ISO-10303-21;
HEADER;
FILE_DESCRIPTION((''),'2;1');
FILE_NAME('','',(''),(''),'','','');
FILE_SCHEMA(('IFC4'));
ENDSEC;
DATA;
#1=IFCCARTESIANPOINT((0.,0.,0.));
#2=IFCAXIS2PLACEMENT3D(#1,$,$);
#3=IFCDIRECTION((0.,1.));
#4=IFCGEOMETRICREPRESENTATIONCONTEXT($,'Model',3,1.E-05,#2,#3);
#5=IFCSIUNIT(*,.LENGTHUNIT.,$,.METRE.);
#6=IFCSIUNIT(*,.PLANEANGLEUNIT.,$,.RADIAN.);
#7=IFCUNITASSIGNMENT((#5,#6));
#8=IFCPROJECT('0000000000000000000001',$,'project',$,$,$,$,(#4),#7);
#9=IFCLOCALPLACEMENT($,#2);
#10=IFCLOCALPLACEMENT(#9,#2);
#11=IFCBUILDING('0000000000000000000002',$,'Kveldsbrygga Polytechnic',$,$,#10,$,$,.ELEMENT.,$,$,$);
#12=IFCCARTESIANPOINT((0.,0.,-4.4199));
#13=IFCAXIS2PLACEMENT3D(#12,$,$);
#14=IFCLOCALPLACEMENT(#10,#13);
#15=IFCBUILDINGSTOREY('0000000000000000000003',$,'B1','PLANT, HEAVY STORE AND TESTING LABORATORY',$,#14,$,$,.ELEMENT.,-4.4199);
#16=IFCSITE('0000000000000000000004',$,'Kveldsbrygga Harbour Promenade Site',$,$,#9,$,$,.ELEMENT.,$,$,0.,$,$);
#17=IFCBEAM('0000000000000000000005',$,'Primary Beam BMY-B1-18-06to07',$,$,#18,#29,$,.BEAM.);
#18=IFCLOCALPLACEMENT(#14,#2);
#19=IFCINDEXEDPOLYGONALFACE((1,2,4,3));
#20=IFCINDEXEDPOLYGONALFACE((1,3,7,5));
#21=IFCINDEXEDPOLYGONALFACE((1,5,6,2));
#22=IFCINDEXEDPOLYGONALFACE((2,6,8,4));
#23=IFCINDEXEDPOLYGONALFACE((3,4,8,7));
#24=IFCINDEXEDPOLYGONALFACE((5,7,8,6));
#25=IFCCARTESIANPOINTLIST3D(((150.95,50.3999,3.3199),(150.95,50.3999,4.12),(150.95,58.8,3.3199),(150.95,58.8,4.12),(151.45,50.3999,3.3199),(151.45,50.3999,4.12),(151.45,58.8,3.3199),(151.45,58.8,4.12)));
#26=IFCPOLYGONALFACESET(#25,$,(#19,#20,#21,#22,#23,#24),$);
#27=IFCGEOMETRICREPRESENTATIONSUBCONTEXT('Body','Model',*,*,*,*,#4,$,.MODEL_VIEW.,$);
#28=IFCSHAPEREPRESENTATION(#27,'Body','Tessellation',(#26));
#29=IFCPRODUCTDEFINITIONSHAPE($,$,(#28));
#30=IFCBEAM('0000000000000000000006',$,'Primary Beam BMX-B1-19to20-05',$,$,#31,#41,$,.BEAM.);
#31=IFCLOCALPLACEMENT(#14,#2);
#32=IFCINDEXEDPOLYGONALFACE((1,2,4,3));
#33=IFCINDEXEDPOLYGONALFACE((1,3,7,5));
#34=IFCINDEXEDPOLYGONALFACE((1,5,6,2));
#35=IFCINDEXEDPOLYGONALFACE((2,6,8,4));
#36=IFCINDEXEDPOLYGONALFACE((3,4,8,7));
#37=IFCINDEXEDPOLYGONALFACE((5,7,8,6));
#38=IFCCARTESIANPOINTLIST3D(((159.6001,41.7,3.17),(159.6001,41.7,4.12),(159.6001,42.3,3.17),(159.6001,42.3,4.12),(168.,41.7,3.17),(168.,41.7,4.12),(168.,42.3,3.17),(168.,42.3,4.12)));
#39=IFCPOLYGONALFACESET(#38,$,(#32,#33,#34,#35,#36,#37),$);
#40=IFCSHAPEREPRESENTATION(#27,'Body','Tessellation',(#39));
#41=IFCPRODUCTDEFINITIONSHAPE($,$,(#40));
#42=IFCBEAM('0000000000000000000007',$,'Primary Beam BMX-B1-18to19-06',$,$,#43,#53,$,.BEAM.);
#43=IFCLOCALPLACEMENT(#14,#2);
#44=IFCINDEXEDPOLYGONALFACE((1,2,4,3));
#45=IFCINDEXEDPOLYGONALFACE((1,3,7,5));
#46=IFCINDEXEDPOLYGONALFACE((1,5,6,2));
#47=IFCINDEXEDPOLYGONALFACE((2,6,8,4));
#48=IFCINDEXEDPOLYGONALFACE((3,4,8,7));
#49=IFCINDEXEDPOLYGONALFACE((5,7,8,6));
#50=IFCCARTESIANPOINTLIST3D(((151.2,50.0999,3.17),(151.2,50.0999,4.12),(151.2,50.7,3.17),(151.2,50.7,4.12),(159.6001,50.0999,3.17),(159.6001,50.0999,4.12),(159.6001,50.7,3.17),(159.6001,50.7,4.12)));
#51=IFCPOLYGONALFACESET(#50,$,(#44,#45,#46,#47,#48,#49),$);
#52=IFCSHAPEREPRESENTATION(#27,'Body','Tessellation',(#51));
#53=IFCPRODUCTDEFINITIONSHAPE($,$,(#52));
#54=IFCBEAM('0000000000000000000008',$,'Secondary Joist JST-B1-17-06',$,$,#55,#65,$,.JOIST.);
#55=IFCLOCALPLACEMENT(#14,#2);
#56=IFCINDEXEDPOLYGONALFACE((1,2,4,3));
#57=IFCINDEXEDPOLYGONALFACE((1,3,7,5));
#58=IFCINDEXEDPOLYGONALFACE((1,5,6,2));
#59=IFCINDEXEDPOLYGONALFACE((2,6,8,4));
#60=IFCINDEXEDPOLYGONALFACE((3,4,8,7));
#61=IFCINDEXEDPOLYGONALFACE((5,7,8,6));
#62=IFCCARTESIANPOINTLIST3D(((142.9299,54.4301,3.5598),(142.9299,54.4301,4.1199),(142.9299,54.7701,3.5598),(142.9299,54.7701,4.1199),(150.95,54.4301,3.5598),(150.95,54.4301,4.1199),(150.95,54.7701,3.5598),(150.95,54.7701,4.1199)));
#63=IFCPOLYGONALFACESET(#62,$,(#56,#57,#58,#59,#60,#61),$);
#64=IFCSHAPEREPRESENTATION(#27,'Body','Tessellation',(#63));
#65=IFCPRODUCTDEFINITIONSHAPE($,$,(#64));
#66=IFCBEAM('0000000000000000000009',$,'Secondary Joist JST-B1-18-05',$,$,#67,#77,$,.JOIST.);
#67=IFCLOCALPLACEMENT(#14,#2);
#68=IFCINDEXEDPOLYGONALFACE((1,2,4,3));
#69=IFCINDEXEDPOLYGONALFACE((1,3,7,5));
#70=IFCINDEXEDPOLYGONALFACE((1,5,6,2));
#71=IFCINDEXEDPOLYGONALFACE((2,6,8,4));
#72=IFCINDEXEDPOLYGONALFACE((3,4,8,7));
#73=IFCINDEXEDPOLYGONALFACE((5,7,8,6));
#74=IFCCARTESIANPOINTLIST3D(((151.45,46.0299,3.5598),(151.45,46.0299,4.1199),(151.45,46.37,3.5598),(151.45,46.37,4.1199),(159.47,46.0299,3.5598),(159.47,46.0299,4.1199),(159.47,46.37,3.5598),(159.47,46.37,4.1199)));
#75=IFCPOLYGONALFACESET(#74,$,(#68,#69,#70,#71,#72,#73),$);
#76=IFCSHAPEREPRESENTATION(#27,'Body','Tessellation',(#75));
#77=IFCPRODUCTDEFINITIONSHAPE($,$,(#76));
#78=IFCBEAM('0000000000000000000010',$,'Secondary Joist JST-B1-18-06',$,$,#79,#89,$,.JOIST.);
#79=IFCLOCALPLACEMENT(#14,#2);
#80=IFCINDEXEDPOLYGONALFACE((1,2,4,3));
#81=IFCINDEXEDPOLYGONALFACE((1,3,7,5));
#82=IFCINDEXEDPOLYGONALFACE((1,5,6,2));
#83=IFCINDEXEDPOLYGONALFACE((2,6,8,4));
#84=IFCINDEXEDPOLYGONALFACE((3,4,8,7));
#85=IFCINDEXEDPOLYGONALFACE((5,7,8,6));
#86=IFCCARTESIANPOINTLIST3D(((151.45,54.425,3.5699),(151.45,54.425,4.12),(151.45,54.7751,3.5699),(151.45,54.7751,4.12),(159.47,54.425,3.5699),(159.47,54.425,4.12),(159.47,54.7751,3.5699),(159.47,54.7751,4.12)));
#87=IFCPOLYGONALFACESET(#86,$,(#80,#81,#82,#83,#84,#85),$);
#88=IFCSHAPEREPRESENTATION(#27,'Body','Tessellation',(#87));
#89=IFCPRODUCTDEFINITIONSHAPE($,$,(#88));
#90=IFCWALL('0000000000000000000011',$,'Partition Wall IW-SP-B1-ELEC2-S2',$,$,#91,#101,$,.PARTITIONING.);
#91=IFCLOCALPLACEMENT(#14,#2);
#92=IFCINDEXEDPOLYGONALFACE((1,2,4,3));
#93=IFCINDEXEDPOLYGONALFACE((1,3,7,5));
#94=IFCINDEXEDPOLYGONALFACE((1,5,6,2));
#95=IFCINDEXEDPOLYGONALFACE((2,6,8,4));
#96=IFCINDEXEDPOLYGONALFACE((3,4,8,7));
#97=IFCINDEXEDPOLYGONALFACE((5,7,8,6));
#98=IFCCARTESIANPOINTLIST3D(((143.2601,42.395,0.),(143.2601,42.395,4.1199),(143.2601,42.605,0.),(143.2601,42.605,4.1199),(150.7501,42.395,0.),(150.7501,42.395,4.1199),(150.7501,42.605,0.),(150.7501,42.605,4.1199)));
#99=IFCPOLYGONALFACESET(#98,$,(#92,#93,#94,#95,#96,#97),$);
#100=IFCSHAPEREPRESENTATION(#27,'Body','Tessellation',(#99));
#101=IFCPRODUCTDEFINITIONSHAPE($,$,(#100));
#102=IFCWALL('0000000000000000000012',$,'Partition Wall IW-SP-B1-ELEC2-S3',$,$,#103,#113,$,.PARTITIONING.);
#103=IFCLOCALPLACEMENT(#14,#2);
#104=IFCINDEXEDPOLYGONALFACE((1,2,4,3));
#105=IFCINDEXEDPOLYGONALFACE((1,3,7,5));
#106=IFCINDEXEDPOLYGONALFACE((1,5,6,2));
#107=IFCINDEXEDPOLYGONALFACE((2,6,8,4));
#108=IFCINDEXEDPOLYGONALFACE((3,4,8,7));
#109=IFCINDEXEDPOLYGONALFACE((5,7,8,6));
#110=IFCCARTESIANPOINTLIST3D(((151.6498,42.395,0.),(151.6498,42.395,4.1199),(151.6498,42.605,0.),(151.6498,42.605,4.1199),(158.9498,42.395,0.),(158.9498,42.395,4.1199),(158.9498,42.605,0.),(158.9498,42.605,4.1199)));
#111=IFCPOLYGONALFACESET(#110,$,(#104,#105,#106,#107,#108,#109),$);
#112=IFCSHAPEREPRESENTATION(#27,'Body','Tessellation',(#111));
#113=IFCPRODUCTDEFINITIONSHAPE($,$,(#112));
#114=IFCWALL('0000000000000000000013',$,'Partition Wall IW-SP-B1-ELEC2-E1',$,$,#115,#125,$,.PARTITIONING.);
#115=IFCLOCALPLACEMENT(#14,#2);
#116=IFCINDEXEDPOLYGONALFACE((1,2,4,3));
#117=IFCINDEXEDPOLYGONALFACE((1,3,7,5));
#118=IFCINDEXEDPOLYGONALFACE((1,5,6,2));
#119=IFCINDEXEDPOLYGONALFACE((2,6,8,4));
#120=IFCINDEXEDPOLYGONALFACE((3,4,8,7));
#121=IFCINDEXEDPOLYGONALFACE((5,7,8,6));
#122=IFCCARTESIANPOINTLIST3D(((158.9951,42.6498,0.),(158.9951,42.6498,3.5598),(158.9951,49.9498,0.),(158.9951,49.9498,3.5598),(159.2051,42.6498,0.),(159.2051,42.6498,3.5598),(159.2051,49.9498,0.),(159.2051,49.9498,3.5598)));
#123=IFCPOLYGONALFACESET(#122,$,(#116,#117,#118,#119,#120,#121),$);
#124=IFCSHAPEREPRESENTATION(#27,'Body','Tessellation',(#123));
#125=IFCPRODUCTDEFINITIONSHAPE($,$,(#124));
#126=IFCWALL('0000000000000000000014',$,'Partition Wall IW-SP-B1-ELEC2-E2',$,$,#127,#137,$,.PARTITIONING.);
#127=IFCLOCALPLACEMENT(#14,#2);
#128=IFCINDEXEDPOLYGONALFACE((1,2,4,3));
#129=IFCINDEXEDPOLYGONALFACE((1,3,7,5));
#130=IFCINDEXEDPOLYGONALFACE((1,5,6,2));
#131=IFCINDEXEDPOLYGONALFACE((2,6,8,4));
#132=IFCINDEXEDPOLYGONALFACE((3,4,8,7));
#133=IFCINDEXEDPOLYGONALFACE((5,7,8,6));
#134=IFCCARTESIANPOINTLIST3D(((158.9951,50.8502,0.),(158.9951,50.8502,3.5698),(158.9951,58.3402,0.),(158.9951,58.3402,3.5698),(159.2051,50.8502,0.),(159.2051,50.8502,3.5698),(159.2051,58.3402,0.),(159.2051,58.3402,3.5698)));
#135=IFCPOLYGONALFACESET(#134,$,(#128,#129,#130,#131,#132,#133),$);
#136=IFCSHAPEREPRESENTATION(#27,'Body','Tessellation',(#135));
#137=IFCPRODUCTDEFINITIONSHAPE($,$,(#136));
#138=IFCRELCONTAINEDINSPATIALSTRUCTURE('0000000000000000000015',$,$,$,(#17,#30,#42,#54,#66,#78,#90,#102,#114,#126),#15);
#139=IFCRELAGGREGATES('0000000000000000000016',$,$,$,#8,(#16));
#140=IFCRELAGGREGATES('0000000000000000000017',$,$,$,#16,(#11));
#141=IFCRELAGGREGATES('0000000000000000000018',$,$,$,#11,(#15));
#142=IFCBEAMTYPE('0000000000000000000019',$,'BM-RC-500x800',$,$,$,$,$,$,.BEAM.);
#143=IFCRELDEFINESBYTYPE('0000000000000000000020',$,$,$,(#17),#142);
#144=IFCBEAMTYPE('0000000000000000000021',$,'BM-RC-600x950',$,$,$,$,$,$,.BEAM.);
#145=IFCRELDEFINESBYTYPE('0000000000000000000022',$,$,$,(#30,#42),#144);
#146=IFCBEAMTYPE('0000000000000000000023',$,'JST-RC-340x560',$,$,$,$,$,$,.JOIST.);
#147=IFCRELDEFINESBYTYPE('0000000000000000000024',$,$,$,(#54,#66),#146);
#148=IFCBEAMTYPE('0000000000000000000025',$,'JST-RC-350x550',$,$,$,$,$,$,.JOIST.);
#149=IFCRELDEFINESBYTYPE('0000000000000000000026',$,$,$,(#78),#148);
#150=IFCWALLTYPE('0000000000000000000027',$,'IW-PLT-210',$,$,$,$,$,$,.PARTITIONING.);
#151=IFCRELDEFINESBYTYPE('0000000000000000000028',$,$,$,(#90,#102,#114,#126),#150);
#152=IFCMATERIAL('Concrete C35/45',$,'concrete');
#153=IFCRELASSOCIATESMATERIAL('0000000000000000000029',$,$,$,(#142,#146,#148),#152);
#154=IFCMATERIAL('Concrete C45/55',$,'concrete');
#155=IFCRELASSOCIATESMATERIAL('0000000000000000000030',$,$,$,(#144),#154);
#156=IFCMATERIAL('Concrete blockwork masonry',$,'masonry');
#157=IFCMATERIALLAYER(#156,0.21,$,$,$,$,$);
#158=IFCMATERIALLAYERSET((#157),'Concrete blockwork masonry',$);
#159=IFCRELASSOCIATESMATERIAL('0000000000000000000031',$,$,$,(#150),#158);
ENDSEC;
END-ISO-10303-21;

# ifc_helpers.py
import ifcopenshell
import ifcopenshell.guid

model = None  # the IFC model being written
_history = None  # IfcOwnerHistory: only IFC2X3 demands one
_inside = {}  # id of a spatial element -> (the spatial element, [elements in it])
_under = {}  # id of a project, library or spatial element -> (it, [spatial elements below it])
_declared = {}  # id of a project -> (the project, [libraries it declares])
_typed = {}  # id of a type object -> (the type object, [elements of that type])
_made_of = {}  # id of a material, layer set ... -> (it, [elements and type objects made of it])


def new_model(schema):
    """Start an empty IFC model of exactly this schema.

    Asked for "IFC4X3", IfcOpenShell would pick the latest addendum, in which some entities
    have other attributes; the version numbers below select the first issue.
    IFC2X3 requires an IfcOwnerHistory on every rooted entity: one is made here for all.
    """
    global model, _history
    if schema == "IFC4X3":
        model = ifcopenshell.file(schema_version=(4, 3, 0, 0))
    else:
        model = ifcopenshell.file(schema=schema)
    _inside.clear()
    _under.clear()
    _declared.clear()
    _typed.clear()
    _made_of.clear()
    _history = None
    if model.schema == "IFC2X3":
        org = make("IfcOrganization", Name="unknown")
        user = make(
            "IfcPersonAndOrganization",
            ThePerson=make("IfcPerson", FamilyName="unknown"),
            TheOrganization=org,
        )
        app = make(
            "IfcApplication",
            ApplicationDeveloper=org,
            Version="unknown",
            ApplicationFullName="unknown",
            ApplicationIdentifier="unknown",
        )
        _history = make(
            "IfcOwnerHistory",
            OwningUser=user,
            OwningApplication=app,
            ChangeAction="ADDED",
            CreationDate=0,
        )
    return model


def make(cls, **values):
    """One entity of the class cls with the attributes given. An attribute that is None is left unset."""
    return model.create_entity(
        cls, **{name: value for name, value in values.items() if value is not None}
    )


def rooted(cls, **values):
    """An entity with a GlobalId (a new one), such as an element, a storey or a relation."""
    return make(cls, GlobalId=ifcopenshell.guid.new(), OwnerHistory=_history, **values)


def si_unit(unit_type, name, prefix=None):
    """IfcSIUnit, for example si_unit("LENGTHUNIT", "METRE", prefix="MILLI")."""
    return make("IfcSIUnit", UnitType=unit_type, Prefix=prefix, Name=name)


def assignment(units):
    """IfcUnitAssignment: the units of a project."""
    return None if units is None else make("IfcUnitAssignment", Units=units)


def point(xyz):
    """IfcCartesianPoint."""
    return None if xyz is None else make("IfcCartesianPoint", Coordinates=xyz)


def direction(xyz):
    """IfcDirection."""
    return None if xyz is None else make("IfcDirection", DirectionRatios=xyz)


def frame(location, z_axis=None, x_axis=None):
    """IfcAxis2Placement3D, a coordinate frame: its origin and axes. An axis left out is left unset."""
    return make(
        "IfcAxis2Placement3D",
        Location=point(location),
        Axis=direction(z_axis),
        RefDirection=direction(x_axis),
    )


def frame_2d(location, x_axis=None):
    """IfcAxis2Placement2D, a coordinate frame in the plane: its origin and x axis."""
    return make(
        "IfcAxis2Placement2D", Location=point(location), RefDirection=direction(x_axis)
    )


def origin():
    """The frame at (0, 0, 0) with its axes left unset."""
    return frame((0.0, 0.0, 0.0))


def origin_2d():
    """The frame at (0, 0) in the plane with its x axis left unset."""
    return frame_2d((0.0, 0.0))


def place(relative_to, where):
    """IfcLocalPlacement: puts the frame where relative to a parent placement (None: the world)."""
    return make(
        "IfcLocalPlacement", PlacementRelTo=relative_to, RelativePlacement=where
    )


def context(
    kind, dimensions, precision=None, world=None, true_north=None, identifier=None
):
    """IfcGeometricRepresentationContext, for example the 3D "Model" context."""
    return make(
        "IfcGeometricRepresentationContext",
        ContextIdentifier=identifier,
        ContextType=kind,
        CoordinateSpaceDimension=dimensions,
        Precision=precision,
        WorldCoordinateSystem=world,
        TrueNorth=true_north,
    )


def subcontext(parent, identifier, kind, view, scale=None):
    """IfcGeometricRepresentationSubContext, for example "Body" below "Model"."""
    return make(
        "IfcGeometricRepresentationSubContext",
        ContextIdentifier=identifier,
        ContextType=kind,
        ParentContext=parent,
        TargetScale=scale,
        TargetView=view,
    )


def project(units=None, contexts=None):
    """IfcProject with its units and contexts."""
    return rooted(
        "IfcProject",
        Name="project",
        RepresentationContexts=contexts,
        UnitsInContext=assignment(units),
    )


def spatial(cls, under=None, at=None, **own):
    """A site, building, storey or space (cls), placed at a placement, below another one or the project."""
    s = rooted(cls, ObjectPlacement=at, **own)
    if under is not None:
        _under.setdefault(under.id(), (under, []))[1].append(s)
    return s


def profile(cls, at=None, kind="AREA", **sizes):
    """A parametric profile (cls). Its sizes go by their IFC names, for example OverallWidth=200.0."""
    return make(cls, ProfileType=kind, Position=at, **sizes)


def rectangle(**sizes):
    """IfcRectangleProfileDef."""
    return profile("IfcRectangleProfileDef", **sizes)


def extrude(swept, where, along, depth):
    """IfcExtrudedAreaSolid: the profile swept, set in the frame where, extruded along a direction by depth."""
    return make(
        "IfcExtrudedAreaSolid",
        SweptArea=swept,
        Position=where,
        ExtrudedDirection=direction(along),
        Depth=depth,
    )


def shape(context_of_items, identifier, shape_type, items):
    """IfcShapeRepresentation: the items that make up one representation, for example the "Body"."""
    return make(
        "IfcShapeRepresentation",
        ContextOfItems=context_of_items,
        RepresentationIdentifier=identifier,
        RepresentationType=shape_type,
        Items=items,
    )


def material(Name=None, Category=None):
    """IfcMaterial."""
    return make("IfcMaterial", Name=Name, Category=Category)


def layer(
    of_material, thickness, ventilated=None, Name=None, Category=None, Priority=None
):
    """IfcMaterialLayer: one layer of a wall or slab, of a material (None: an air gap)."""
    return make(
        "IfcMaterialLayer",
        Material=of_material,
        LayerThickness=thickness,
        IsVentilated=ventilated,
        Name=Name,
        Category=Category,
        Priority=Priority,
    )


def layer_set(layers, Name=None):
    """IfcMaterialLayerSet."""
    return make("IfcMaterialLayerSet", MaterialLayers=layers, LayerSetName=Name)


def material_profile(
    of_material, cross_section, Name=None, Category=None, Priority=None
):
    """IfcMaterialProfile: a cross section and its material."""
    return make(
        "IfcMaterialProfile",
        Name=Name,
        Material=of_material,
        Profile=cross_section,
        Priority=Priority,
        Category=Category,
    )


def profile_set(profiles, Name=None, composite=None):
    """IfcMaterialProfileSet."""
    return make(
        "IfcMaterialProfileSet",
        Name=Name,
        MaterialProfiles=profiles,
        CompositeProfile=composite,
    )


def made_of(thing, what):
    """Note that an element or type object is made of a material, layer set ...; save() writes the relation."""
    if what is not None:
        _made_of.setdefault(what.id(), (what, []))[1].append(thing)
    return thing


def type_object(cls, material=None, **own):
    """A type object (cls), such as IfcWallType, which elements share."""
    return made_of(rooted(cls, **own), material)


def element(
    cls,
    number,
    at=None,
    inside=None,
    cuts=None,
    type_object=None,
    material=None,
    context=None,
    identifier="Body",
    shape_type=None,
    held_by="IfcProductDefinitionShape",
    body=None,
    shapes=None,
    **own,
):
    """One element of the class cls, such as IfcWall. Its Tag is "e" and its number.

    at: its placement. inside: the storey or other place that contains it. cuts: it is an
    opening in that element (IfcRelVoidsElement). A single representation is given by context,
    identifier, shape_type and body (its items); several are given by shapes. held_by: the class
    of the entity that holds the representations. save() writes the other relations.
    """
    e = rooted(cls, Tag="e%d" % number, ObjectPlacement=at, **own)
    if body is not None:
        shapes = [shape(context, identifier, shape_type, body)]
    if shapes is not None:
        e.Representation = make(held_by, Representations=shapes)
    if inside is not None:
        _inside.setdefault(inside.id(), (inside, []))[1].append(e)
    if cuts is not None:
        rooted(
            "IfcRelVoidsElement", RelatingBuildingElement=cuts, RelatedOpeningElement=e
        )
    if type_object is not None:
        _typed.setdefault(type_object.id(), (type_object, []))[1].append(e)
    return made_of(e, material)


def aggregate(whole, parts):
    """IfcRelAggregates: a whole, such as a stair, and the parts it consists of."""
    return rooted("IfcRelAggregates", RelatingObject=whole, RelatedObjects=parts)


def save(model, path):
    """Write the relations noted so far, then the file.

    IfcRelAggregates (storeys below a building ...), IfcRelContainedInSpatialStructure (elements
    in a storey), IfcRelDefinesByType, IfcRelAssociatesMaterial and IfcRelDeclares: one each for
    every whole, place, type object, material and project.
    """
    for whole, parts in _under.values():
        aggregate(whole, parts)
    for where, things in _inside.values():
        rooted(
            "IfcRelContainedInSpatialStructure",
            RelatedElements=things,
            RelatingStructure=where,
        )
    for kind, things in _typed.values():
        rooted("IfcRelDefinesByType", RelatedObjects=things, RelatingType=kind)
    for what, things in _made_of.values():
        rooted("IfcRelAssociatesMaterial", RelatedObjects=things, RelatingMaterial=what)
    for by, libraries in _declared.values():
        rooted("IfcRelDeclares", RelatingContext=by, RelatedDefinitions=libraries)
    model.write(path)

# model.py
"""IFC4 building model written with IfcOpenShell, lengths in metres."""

from ifc_helpers import new_model, si_unit, direction, frame, frame_2d, origin, origin_2d, place, context, subcontext, project, spatial, rectangle, extrude, material, layer, layer_set, material_profile, profile_set, type_object, element, save


model = new_model("IFC4")

# Units and contexts
model_context = context("Model", 3, precision=1e-05, world=origin(), true_north=direction((0.0, 1.0)))
body_context = subcontext(model_context, "Body", "Model", "MODEL_VIEW")
ifc_project = project(units=[si_unit("LENGTHUNIT", "METRE"), si_unit("PLANEANGLEUNIT", "RADIAN")], contexts=[model_context])

# Site, building, storey
site_placement = place(None, origin())
site = spatial("IfcSite", under=ifc_project, at=site_placement, Name="Kveldsbrygga Harbour Promenade Site", CompositionType="ELEMENT", RefElevation=0.0)
building_placement = place(site_placement, origin())
building = spatial("IfcBuilding", under=site, at=building_placement, Name="Kveldsbrygga Polytechnic", CompositionType="ELEMENT")
storey_placement = place(building_placement, frame((0.0, 0.0, -4.4199)))
storey = spatial("IfcBuildingStorey", under=building, at=storey_placement, Name="B1", Description="PLANT, HEAVY STORE AND TESTING LABORATORY", CompositionType="ELEMENT", Elevation=-4.4199)

# Shared definitions
ifc_material_1 = material(Name="Concrete C45/55", Category="concrete")

# Beams
ifc_material_2 = material(Name="Concrete C35/45", Category="concrete")
ifc_material_profile_1 = material_profile(ifc_material_2, rectangle(XDim=0.5, YDim=0.8, at=origin_2d()), Name="RC 500x800")
ifc_profile_set_1 = profile_set([ifc_material_profile_1], Name="Concrete C35/45")
beam_type_1 = type_object("IfcBeamType", Name="BM-RC-500x800", PredefinedType="BEAM", material=ifc_profile_set_1)
beam_1_placement = place(storey_placement, frame((151.2, 50.3999, 3.72), z_axis=(0.0, 1.0, 0.0), x_axis=(-1.0, 0.0, 0.0)))
element("IfcBeam", 1, at=beam_1_placement, inside=storey, type_object=beam_type_1, Name="Primary Beam BMY-B1-18-06to07", PredefinedType="BEAM", context=body_context, shape_type="SweptSolid", body=[
    extrude(rectangle(XDim=0.5, YDim=0.8, at=origin_2d()), origin(), (0.0, 0.0, 1.0), 8.4001),
])
ifc_material_profile_2 = material_profile(ifc_material_1, rectangle(XDim=0.6001, YDim=0.95, at=origin_2d()), Name="RC 600x950")
ifc_profile_set_2 = profile_set([ifc_material_profile_2], Name="Concrete C45/55")
beam_type_2 = type_object("IfcBeamType", Name="BM-RC-600x950", PredefinedType="BEAM", material=ifc_profile_set_2)
beam_2_placement = place(storey_placement, frame((159.6001, 42.0, 3.645), z_axis=(1.0, 0.0, 0.0), x_axis=(0.0, 1.0, 0.0)))
element("IfcBeam", 2, at=beam_2_placement, inside=storey, type_object=beam_type_2, Name="Primary Beam BMX-B1-19to20-05", PredefinedType="BEAM", context=body_context, shape_type="SweptSolid", body=[
    extrude(rectangle(XDim=0.6001, YDim=0.95, at=origin_2d()), origin(), (0.0, 0.0, 1.0), 8.3999),
])
beam_3_placement = place(storey_placement, frame((151.2, 50.3999, 3.645), z_axis=(1.0, 0.0, 0.0), x_axis=(0.0, 1.0, 0.0)))
element("IfcBeam", 3, at=beam_3_placement, inside=storey, type_object=beam_type_2, Name="Primary Beam BMX-B1-18to19-06", PredefinedType="BEAM", context=body_context, shape_type="SweptSolid", body=[
    extrude(rectangle(XDim=0.6001, YDim=0.95, at=origin_2d()), origin(), (0.0, 0.0, 1.0), 8.4001),
])
ifc_material_profile_3 = material_profile(ifc_material_2, rectangle(XDim=0.3401, YDim=0.5601, at=origin_2d()), Name="RC 340x560")
ifc_profile_set_3 = profile_set([ifc_material_profile_3], Name="Concrete C35/45")
beam_type_3 = type_object("IfcBeamType", Name="JST-RC-340x560", PredefinedType="JOIST", material=ifc_profile_set_3)
for number, where, z_axis, x_axis, name in (
    (4, (142.9299, 54.6001, 3.8398), (1.0, 0.0, 0.0), (0.0, 1.0, 0.0), "Secondary Joist JST-B1-17-06"),
    (5, (151.45, 46.2, 3.8398), (1.0, 0.0, 0.0), (0.0, 1.0, 0.0), "Secondary Joist JST-B1-18-05"),
):
    element("IfcBeam", number, at=place(storey_placement, frame(where, z_axis=z_axis, x_axis=x_axis)), inside=storey, type_object=beam_type_3, Name=name, PredefinedType="JOIST", context=body_context, shape_type="SweptSolid", body=[
        extrude(rectangle(XDim=0.3401, YDim=0.5601, at=origin_2d()), origin(), (0.0, 0.0, 1.0), 8.02),
    ])
ifc_material_profile_4 = material_profile(ifc_material_2, rectangle(XDim=0.3501, YDim=0.55, at=origin_2d()), Name="RC 350x550")
ifc_profile_set_4 = profile_set([ifc_material_profile_4], Name="Concrete C35/45")
beam_type_4 = type_object("IfcBeamType", Name="JST-RC-350x550", PredefinedType="JOIST", material=ifc_profile_set_4)
beam_4_placement = place(storey_placement, frame((151.45, 54.6001, 3.845), z_axis=(1.0, 0.0, 0.0), x_axis=(0.0, 1.0, 0.0)))
element("IfcBeam", 6, at=beam_4_placement, inside=storey, type_object=beam_type_4, Name="Secondary Joist JST-B1-18-06", PredefinedType="JOIST", context=body_context, shape_type="SweptSolid", body=[
    extrude(rectangle(XDim=0.3501, YDim=0.55, at=origin_2d()), origin(), (0.0, 0.0, 1.0), 8.02),
])

# Walls
ifc_material_3 = material(Name="Concrete blockwork masonry", Category="masonry")
ifc_layer = layer(ifc_material_3, 0.21)
ifc_layer_set = layer_set([ifc_layer], Name="Concrete blockwork masonry")
wall_type = type_object("IfcWallType", Name="IW-PLT-210", PredefinedType="PARTITIONING", material=ifc_layer_set)
wall_1_placement = place(storey_placement, frame((143.26, 42.5, 0.0), z_axis=(0.0, 0.0, 1.0), x_axis=(1.0, 0.0, 0.0)))
element("IfcWall", 7, at=wall_1_placement, inside=storey, type_object=wall_type, Name="Partition Wall IW-SP-B1-ELEC2-S2", PredefinedType="PARTITIONING", context=body_context, shape_type="SweptSolid", body=[
    extrude(rectangle(XDim=7.49, YDim=0.21, at=frame_2d((3.7451, 0.0))), origin(), (0.0, 0.0, 1.0), 4.1199),
])
wall_2_placement = place(storey_placement, frame((151.6499, 42.5, 0.0), z_axis=(0.0, 0.0, 1.0), x_axis=(1.0, 0.0, 0.0)))
element("IfcWall", 8, at=wall_2_placement, inside=storey, type_object=wall_type, Name="Partition Wall IW-SP-B1-ELEC2-S3", PredefinedType="PARTITIONING", context=body_context, shape_type="SweptSolid", body=[
    extrude(rectangle(XDim=7.3, YDim=0.21, at=frame_2d((3.6499, 0.0))), origin(), (0.0, 0.0, 1.0), 4.1199),
])
wall_3_placement = place(storey_placement, frame((159.1001, 42.6499, 0.0), z_axis=(0.0, 0.0, 1.0), x_axis=(0.0, 1.0, 0.0)))
element("IfcWall", 9, at=wall_3_placement, inside=storey, type_object=wall_type, Name="Partition Wall IW-SP-B1-ELEC2-E1", PredefinedType="PARTITIONING", context=body_context, shape_type="SweptSolid", body=[
    extrude(rectangle(XDim=7.3, YDim=0.21, at=frame_2d((3.6499, 0.0))), origin(), (0.0, 0.0, 1.0), 3.5598),
])
wall_4_placement = place(storey_placement, frame((159.1001, 50.8501, 0.0), z_axis=(0.0, 0.0, 1.0), x_axis=(0.0, 1.0, 0.0)))
element("IfcWall", 10, at=wall_4_placement, inside=storey, type_object=wall_type, Name="Partition Wall IW-SP-B1-ELEC2-E2", PredefinedType="PARTITIONING", context=body_context, shape_type="SweptSolid", body=[
    extrude(rectangle(XDim=7.49, YDim=0.21, at=frame_2d((3.7451, 0.0))), origin(), (0.0, 0.0, 1.0), 3.5698),
])

save(model, "model.ifc")
